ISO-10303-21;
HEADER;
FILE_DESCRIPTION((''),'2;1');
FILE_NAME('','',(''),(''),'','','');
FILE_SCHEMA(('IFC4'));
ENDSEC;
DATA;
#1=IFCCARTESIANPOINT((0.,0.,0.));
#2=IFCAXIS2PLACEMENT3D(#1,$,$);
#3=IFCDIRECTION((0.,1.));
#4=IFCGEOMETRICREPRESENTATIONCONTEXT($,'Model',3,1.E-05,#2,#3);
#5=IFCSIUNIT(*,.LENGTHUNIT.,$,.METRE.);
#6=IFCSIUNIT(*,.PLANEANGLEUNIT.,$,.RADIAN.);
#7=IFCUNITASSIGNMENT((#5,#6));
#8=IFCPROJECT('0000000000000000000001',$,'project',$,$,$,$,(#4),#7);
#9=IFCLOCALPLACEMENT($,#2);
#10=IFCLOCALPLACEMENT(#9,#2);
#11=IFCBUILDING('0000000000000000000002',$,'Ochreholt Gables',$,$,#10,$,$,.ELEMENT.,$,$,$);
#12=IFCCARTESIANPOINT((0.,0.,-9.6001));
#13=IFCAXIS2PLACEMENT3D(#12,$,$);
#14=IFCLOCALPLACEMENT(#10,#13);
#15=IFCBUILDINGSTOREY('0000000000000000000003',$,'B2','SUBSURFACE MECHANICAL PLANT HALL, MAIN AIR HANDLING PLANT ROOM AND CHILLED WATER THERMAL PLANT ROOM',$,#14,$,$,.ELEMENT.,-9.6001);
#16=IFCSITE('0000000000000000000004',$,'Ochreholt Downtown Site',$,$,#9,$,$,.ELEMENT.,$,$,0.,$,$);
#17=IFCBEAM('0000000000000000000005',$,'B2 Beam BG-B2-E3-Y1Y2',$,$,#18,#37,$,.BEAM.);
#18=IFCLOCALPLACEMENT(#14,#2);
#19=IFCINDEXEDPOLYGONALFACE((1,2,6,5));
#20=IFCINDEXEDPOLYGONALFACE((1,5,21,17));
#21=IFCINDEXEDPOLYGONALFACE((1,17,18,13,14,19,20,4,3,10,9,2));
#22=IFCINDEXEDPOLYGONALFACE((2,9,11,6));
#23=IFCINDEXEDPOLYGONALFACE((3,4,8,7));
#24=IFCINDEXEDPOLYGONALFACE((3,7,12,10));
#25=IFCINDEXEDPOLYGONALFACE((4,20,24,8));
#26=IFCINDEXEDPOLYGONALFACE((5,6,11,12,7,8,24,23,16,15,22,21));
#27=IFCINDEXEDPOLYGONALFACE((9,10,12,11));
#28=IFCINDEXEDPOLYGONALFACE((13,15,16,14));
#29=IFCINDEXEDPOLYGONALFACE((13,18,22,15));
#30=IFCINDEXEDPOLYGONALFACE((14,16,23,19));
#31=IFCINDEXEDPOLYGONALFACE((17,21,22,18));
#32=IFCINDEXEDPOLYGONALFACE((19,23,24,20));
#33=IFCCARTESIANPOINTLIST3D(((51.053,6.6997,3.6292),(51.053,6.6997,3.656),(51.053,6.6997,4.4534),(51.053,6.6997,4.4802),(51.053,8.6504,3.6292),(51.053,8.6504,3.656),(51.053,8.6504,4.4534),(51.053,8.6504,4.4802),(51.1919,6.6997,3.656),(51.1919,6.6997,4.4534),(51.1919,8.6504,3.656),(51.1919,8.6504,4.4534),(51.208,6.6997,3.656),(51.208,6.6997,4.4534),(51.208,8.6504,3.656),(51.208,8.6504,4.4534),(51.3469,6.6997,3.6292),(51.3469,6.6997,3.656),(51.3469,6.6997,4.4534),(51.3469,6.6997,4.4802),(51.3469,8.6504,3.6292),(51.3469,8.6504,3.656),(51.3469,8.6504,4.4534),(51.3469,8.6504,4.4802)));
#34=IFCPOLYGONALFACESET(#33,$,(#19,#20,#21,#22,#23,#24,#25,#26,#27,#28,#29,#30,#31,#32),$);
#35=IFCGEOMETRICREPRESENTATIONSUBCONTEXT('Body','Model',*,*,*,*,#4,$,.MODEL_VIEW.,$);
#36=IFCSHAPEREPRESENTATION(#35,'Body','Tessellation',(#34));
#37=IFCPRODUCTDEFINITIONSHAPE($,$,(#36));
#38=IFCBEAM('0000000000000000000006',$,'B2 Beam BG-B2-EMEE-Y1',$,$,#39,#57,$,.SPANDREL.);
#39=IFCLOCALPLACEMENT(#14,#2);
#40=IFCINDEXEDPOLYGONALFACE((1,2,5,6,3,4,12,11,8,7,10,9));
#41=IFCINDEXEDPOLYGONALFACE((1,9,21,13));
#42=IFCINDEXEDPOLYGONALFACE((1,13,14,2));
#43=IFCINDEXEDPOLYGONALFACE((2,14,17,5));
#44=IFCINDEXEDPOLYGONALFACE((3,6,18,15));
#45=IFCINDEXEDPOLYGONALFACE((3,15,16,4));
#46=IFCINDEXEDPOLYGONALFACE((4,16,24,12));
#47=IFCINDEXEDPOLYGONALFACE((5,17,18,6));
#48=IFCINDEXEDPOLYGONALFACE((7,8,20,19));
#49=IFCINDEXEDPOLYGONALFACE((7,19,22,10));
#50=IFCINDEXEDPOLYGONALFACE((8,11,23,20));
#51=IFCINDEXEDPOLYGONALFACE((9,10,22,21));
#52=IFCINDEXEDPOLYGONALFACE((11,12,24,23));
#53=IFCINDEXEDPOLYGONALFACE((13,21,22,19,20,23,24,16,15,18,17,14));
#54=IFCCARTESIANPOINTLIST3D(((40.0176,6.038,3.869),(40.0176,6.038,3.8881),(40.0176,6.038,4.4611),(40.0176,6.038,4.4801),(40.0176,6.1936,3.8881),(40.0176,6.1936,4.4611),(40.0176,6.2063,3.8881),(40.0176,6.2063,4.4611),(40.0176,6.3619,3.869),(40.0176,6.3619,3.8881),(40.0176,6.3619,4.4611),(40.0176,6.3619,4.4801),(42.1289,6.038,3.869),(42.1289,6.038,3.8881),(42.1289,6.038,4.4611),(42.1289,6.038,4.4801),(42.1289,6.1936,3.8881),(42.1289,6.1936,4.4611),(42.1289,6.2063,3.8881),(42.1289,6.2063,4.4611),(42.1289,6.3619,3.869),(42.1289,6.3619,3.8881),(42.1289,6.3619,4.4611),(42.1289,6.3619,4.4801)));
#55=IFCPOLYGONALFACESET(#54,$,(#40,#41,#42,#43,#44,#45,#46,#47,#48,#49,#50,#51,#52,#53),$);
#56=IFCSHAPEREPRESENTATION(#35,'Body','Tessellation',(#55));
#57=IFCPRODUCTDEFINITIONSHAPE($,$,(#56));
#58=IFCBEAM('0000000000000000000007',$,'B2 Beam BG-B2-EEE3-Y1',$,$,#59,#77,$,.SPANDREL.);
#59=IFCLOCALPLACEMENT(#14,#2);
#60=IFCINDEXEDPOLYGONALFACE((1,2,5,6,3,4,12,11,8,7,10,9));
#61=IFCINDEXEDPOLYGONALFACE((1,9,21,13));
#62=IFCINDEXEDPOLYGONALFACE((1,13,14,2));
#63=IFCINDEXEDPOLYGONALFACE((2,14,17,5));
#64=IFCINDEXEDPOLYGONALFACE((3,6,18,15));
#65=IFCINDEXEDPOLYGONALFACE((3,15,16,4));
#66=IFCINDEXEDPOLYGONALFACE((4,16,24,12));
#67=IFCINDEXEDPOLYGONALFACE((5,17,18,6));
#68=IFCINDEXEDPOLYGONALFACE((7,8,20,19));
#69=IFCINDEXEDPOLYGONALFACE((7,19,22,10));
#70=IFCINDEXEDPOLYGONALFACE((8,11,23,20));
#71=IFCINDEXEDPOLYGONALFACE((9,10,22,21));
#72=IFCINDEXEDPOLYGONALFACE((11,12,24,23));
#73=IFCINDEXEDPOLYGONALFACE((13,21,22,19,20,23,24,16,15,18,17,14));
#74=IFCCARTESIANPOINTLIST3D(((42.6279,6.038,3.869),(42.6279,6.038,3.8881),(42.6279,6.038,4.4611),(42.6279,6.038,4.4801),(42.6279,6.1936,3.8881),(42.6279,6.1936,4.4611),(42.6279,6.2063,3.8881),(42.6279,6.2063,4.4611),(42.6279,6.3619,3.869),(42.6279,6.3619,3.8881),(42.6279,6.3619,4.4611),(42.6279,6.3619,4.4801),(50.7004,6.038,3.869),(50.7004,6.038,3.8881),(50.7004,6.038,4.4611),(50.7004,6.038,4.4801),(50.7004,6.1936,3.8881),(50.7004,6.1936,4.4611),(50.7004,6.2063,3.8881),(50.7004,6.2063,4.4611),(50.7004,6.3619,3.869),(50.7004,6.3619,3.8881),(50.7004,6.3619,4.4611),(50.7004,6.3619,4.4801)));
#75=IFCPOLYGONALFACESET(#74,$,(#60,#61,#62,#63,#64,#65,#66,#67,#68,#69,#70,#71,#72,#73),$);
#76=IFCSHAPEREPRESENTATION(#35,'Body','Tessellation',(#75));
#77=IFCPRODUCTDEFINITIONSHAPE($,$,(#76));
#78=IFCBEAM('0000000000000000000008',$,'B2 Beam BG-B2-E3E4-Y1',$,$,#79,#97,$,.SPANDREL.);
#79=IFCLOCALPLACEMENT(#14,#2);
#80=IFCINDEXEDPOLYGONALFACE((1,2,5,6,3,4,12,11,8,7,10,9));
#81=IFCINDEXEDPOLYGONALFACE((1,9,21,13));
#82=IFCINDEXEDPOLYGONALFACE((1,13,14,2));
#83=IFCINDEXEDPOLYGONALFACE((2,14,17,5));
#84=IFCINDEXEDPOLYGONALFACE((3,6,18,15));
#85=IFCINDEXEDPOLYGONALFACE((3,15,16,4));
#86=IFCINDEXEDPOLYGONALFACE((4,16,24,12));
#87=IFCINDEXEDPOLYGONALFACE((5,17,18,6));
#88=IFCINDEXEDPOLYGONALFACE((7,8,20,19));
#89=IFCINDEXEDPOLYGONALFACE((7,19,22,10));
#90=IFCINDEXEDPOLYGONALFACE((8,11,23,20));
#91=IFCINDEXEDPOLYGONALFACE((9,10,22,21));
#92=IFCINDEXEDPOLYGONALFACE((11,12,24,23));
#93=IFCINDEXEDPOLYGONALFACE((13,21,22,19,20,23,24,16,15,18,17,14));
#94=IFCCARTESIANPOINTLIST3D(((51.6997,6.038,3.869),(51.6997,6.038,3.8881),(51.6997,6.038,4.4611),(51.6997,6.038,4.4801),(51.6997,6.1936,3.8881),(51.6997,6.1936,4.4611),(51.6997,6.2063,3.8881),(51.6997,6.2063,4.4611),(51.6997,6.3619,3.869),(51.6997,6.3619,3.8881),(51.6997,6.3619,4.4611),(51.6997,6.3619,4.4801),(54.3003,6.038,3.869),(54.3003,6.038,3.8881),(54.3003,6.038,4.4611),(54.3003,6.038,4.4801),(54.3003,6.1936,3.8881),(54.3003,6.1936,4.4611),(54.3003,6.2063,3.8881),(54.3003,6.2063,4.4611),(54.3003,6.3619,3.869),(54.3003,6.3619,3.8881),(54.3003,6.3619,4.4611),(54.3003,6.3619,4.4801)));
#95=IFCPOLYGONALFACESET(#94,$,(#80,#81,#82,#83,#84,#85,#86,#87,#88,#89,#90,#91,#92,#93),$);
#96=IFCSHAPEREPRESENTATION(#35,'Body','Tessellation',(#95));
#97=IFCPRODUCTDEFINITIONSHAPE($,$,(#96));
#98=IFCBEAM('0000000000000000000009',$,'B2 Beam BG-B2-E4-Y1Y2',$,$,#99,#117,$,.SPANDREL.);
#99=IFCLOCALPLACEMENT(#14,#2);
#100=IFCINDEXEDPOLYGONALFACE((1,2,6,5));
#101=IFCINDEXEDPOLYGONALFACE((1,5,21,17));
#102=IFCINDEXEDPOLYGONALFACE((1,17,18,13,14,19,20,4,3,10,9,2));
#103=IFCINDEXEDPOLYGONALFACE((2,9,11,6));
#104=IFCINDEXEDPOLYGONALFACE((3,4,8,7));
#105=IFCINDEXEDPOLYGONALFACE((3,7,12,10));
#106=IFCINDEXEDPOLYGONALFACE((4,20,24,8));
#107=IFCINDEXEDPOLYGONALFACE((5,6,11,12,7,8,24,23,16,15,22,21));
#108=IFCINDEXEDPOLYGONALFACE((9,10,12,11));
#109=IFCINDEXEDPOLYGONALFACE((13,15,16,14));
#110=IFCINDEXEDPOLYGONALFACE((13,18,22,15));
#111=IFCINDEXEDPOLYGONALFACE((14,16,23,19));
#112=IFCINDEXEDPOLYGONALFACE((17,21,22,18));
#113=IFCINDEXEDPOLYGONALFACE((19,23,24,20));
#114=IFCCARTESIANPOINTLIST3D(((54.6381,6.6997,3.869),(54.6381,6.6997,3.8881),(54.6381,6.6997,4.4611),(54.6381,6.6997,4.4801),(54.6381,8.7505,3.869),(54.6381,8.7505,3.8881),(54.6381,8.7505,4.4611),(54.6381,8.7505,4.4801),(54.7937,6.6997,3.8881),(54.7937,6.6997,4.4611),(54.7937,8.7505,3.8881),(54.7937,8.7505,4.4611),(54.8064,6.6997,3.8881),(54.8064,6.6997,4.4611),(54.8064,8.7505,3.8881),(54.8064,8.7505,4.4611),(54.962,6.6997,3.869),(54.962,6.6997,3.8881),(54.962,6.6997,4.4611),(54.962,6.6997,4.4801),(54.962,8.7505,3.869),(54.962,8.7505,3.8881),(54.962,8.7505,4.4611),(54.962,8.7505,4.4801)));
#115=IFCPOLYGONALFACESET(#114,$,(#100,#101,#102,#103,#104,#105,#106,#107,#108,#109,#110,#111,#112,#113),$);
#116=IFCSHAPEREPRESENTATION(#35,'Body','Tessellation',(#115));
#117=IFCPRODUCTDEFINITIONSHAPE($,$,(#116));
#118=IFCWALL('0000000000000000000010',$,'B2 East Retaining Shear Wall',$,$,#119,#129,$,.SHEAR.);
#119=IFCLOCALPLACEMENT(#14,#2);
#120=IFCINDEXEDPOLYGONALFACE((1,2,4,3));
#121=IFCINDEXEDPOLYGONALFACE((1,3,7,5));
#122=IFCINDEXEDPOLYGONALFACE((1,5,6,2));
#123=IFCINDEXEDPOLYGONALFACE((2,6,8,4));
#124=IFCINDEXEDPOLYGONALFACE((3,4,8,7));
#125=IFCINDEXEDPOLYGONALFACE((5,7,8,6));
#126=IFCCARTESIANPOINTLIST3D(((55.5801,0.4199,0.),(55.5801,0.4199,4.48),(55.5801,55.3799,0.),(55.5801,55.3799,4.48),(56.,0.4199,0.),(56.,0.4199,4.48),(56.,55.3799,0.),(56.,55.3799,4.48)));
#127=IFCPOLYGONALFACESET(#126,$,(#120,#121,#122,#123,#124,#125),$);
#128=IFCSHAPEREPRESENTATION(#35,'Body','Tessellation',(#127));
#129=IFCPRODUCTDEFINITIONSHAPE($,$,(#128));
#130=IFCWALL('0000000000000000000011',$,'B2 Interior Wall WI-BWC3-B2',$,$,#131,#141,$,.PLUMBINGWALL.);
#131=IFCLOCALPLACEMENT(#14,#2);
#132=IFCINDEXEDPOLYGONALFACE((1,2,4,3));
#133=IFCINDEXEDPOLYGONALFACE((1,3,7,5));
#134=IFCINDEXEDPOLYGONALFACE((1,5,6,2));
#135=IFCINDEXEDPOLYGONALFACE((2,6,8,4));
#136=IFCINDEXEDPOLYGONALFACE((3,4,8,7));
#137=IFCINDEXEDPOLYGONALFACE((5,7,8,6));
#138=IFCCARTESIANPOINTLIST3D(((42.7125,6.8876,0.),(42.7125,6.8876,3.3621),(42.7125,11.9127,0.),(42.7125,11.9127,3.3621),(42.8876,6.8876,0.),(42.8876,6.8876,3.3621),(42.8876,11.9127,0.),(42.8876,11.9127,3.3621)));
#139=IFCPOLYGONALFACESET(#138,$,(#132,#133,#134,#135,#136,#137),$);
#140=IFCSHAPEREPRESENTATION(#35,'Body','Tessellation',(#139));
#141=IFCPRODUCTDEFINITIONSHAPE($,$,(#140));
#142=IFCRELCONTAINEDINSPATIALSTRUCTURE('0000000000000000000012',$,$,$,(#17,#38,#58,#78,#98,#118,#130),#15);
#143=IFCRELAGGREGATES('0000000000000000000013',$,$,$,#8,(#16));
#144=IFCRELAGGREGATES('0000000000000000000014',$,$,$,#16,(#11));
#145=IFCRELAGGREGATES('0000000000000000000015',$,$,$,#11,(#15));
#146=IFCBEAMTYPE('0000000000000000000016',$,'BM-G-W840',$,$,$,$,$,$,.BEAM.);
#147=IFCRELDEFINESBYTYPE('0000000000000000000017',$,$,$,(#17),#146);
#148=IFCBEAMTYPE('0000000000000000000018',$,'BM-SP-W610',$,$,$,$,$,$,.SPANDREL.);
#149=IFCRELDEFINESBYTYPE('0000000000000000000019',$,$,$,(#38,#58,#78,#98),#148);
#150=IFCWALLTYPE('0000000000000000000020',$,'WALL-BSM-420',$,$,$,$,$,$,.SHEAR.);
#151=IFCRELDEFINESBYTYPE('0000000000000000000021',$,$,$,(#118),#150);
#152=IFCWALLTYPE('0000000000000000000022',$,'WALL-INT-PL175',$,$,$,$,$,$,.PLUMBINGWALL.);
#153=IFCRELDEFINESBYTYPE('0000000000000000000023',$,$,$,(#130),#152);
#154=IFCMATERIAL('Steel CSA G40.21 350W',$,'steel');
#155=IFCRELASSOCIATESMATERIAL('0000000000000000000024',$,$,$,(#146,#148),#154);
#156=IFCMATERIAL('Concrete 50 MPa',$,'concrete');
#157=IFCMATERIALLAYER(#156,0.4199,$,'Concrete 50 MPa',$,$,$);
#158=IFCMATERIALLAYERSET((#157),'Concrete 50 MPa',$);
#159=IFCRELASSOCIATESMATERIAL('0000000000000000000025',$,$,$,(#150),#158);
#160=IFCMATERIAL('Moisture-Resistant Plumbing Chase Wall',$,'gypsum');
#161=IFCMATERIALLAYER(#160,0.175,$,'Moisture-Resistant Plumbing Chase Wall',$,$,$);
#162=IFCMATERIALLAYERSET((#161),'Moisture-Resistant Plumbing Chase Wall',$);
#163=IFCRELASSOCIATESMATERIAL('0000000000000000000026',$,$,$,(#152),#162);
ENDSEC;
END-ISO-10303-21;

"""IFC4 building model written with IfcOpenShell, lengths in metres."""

from ifc_helpers import new_model, si_unit, direction, frame, frame_2d, origin, origin_2d, place, context, subcontext, project, spatial, rectangle, i_section, extrude, material, layer, layer_set, material_profile, profile_set, type_object, element, save


model = new_model("IFC4")

# Units and contexts
model_context = context("Model", 3, precision=1e-05, world=origin(), true_north=direction((0.0, 1.0)))
body_context = subcontext(model_context, "Body", "Model", "MODEL_VIEW")
ifc_project = project(units=[si_unit("LENGTHUNIT", "METRE"), si_unit("PLANEANGLEUNIT", "RADIAN")], contexts=[model_context])

# Site, building, storey
site_placement = place(None, origin())
site = spatial("IfcSite", under=ifc_project, at=site_placement, Name="Ochreholt Downtown Site", CompositionType="ELEMENT", RefElevation=0.0)
building_placement = place(site_placement, origin())
building = spatial("IfcBuilding", under=site, at=building_placement, Name="Ochreholt Gables", CompositionType="ELEMENT")
storey_placement = place(building_placement, frame((0.0, 0.0, -9.6001)))
storey = spatial("IfcBuildingStorey", under=building, at=storey_placement, Name="B2", Description="SUBSURFACE MECHANICAL PLANT HALL, MAIN AIR HANDLING PLANT ROOM AND CHILLED WATER THERMAL PLANT ROOM", CompositionType="ELEMENT", Elevation=-9.6001)

# Shared definitions
ifc_material_1 = material(Name="Concrete 50 MPa", Category="concrete")

# Shared definitions
ifc_material_2 = material(Name="Steel CSA G40.21 350W", Category="steel")

# Beams
ifc_material_profile_1 = material_profile(ifc_material_2, i_section(OverallWidth=0.2939, OverallDepth=0.8511, WebThickness=0.0161, FlangeThickness=0.0269, at=origin_2d()), Name="W840X226")
ifc_profile_set_1 = profile_set([ifc_material_profile_1], Name="Steel CSA G40.21 350W")
beam_type_1 = type_object("IfcBeamType", Name="BM-G-W840", PredefinedType="BEAM", material=ifc_profile_set_1)
beam_1_placement = place(storey_placement, frame((51.2, 6.6997, 4.0547), z_axis=(0.0, 1.0, 0.0), x_axis=(-1.0, 0.0, 0.0)))
element("IfcBeam", 1, at=beam_1_placement, inside=storey, type_object=beam_type_1, Name="B2 Beam BG-B2-E3-Y1Y2", PredefinedType="BEAM", context=body_context, shape_type="SweptSolid", body=[
    extrude(i_section(OverallWidth=0.2939, OverallDepth=0.8511, WebThickness=0.0161, FlangeThickness=0.0269, at=origin_2d()), origin(), (0.0, 0.0, 1.0), 1.9507),
])
ifc_material_profile_2 = material_profile(ifc_material_2, i_section(OverallWidth=0.324, OverallDepth=0.6111, WebThickness=0.0127, FlangeThickness=0.019, at=origin_2d()), Name="W610X155")
ifc_profile_set_2 = profile_set([ifc_material_profile_2], Name="Steel CSA G40.21 350W")
beam_type_2 = type_object("IfcBeamType", Name="BM-SP-W610", PredefinedType="SPANDREL", material=ifc_profile_set_2)
beam_2_placement = place(storey_placement, frame((40.0176, 6.2, 4.1746), z_axis=(1.0, 0.0, 0.0), x_axis=(0.0, 1.0, 0.0)))
element("IfcBeam", 2, at=beam_2_placement, inside=storey, type_object=beam_type_2, Name="B2 Beam BG-B2-EMEE-Y1", PredefinedType="SPANDREL", context=body_context, shape_type="SweptSolid", body=[
    extrude(i_section(OverallWidth=0.324, OverallDepth=0.6111, WebThickness=0.0127, FlangeThickness=0.019, at=origin_2d()), origin(), (0.0, 0.0, 1.0), 2.1113),
])
beam_3_placement = place(storey_placement, frame((42.6279, 6.2, 4.1746), z_axis=(1.0, 0.0, 0.0), x_axis=(0.0, 1.0, 0.0)))
element("IfcBeam", 3, at=beam_3_placement, inside=storey, type_object=beam_type_2, Name="B2 Beam BG-B2-EEE3-Y1", PredefinedType="SPANDREL", context=body_context, shape_type="SweptSolid", body=[
    extrude(i_section(OverallWidth=0.324, OverallDepth=0.6111, WebThickness=0.0127, FlangeThickness=0.019, at=origin_2d()), origin(), (0.0, 0.0, 1.0), 8.0725),
])
beam_4_placement = place(storey_placement, frame((51.6997, 6.2, 4.1746), z_axis=(1.0, 0.0, 0.0), x_axis=(0.0, 1.0, 0.0)))
element("IfcBeam", 4, at=beam_4_placement, inside=storey, type_object=beam_type_2, Name="B2 Beam BG-B2-E3E4-Y1", PredefinedType="SPANDREL", context=body_context, shape_type="SweptSolid", body=[
    extrude(i_section(OverallWidth=0.324, OverallDepth=0.6111, WebThickness=0.0127, FlangeThickness=0.019, at=origin_2d()), origin(), (0.0, 0.0, 1.0), 2.6006),
])
beam_5_placement = place(storey_placement, frame((54.8, 6.6997, 4.1746), z_axis=(0.0, 1.0, 0.0), x_axis=(-1.0, 0.0, 0.0)))
element("IfcBeam", 5, at=beam_5_placement, inside=storey, type_object=beam_type_2, Name="B2 Beam BG-B2-E4-Y1Y2", PredefinedType="SPANDREL", context=body_context, shape_type="SweptSolid", body=[
    extrude(i_section(OverallWidth=0.324, OverallDepth=0.6111, WebThickness=0.0127, FlangeThickness=0.019, at=origin_2d()), origin(), (0.0, 0.0, 1.0), 2.0508),
])

# Walls
ifc_layer_1 = layer(ifc_material_1, 0.4199, Name="Concrete 50 MPa")
ifc_layer_set_1 = layer_set([ifc_layer_1], Name="Concrete 50 MPa")
wall_type_1 = type_object("IfcWallType", Name="WALL-BSM-420", PredefinedType="SHEAR", material=ifc_layer_set_1)
wall_1_placement = place(storey_placement, frame((55.79, 0.4199, 0.0), z_axis=(0.0, 0.0, 1.0), x_axis=(0.0, 1.0, 0.0)))
element("IfcWall", 6, at=wall_1_placement, inside=storey, type_object=wall_type_1, Name="B2 East Retaining Shear Wall", PredefinedType="SHEAR", context=body_context, shape_type="SweptSolid", body=[
    extrude(rectangle(XDim=54.96, YDim=0.4199, at=frame_2d((27.48, 0.0))), origin(), (0.0, 0.0, 1.0), 4.48),
])
ifc_material_3 = material(Name="Moisture-Resistant Plumbing Chase Wall", Category="gypsum")
ifc_layer_2 = layer(ifc_material_3, 0.175, Name="Moisture-Resistant Plumbing Chase Wall")
ifc_layer_set_2 = layer_set([ifc_layer_2], Name="Moisture-Resistant Plumbing Chase Wall")
wall_type_2 = type_object("IfcWallType", Name="WALL-INT-PL175", PredefinedType="PLUMBINGWALL", material=ifc_layer_set_2)
wall_2_placement = place(storey_placement, frame((42.8, 6.8875, 0.0), z_axis=(0.0, 0.0, 1.0), x_axis=(0.0, 1.0, 0.0)))
element("IfcWall", 7, at=wall_2_placement, inside=storey, type_object=wall_type_2, Name="B2 Interior Wall WI-BWC3-B2", PredefinedType="PLUMBINGWALL", context=body_context, shape_type="SweptSolid", body=[
    extrude(rectangle(XDim=5.0251, YDim=0.175, at=frame_2d((2.5127, 0.0))), origin(), (0.0, 0.0, 1.0), 3.3621),
])

save(model, "model.ifc")
